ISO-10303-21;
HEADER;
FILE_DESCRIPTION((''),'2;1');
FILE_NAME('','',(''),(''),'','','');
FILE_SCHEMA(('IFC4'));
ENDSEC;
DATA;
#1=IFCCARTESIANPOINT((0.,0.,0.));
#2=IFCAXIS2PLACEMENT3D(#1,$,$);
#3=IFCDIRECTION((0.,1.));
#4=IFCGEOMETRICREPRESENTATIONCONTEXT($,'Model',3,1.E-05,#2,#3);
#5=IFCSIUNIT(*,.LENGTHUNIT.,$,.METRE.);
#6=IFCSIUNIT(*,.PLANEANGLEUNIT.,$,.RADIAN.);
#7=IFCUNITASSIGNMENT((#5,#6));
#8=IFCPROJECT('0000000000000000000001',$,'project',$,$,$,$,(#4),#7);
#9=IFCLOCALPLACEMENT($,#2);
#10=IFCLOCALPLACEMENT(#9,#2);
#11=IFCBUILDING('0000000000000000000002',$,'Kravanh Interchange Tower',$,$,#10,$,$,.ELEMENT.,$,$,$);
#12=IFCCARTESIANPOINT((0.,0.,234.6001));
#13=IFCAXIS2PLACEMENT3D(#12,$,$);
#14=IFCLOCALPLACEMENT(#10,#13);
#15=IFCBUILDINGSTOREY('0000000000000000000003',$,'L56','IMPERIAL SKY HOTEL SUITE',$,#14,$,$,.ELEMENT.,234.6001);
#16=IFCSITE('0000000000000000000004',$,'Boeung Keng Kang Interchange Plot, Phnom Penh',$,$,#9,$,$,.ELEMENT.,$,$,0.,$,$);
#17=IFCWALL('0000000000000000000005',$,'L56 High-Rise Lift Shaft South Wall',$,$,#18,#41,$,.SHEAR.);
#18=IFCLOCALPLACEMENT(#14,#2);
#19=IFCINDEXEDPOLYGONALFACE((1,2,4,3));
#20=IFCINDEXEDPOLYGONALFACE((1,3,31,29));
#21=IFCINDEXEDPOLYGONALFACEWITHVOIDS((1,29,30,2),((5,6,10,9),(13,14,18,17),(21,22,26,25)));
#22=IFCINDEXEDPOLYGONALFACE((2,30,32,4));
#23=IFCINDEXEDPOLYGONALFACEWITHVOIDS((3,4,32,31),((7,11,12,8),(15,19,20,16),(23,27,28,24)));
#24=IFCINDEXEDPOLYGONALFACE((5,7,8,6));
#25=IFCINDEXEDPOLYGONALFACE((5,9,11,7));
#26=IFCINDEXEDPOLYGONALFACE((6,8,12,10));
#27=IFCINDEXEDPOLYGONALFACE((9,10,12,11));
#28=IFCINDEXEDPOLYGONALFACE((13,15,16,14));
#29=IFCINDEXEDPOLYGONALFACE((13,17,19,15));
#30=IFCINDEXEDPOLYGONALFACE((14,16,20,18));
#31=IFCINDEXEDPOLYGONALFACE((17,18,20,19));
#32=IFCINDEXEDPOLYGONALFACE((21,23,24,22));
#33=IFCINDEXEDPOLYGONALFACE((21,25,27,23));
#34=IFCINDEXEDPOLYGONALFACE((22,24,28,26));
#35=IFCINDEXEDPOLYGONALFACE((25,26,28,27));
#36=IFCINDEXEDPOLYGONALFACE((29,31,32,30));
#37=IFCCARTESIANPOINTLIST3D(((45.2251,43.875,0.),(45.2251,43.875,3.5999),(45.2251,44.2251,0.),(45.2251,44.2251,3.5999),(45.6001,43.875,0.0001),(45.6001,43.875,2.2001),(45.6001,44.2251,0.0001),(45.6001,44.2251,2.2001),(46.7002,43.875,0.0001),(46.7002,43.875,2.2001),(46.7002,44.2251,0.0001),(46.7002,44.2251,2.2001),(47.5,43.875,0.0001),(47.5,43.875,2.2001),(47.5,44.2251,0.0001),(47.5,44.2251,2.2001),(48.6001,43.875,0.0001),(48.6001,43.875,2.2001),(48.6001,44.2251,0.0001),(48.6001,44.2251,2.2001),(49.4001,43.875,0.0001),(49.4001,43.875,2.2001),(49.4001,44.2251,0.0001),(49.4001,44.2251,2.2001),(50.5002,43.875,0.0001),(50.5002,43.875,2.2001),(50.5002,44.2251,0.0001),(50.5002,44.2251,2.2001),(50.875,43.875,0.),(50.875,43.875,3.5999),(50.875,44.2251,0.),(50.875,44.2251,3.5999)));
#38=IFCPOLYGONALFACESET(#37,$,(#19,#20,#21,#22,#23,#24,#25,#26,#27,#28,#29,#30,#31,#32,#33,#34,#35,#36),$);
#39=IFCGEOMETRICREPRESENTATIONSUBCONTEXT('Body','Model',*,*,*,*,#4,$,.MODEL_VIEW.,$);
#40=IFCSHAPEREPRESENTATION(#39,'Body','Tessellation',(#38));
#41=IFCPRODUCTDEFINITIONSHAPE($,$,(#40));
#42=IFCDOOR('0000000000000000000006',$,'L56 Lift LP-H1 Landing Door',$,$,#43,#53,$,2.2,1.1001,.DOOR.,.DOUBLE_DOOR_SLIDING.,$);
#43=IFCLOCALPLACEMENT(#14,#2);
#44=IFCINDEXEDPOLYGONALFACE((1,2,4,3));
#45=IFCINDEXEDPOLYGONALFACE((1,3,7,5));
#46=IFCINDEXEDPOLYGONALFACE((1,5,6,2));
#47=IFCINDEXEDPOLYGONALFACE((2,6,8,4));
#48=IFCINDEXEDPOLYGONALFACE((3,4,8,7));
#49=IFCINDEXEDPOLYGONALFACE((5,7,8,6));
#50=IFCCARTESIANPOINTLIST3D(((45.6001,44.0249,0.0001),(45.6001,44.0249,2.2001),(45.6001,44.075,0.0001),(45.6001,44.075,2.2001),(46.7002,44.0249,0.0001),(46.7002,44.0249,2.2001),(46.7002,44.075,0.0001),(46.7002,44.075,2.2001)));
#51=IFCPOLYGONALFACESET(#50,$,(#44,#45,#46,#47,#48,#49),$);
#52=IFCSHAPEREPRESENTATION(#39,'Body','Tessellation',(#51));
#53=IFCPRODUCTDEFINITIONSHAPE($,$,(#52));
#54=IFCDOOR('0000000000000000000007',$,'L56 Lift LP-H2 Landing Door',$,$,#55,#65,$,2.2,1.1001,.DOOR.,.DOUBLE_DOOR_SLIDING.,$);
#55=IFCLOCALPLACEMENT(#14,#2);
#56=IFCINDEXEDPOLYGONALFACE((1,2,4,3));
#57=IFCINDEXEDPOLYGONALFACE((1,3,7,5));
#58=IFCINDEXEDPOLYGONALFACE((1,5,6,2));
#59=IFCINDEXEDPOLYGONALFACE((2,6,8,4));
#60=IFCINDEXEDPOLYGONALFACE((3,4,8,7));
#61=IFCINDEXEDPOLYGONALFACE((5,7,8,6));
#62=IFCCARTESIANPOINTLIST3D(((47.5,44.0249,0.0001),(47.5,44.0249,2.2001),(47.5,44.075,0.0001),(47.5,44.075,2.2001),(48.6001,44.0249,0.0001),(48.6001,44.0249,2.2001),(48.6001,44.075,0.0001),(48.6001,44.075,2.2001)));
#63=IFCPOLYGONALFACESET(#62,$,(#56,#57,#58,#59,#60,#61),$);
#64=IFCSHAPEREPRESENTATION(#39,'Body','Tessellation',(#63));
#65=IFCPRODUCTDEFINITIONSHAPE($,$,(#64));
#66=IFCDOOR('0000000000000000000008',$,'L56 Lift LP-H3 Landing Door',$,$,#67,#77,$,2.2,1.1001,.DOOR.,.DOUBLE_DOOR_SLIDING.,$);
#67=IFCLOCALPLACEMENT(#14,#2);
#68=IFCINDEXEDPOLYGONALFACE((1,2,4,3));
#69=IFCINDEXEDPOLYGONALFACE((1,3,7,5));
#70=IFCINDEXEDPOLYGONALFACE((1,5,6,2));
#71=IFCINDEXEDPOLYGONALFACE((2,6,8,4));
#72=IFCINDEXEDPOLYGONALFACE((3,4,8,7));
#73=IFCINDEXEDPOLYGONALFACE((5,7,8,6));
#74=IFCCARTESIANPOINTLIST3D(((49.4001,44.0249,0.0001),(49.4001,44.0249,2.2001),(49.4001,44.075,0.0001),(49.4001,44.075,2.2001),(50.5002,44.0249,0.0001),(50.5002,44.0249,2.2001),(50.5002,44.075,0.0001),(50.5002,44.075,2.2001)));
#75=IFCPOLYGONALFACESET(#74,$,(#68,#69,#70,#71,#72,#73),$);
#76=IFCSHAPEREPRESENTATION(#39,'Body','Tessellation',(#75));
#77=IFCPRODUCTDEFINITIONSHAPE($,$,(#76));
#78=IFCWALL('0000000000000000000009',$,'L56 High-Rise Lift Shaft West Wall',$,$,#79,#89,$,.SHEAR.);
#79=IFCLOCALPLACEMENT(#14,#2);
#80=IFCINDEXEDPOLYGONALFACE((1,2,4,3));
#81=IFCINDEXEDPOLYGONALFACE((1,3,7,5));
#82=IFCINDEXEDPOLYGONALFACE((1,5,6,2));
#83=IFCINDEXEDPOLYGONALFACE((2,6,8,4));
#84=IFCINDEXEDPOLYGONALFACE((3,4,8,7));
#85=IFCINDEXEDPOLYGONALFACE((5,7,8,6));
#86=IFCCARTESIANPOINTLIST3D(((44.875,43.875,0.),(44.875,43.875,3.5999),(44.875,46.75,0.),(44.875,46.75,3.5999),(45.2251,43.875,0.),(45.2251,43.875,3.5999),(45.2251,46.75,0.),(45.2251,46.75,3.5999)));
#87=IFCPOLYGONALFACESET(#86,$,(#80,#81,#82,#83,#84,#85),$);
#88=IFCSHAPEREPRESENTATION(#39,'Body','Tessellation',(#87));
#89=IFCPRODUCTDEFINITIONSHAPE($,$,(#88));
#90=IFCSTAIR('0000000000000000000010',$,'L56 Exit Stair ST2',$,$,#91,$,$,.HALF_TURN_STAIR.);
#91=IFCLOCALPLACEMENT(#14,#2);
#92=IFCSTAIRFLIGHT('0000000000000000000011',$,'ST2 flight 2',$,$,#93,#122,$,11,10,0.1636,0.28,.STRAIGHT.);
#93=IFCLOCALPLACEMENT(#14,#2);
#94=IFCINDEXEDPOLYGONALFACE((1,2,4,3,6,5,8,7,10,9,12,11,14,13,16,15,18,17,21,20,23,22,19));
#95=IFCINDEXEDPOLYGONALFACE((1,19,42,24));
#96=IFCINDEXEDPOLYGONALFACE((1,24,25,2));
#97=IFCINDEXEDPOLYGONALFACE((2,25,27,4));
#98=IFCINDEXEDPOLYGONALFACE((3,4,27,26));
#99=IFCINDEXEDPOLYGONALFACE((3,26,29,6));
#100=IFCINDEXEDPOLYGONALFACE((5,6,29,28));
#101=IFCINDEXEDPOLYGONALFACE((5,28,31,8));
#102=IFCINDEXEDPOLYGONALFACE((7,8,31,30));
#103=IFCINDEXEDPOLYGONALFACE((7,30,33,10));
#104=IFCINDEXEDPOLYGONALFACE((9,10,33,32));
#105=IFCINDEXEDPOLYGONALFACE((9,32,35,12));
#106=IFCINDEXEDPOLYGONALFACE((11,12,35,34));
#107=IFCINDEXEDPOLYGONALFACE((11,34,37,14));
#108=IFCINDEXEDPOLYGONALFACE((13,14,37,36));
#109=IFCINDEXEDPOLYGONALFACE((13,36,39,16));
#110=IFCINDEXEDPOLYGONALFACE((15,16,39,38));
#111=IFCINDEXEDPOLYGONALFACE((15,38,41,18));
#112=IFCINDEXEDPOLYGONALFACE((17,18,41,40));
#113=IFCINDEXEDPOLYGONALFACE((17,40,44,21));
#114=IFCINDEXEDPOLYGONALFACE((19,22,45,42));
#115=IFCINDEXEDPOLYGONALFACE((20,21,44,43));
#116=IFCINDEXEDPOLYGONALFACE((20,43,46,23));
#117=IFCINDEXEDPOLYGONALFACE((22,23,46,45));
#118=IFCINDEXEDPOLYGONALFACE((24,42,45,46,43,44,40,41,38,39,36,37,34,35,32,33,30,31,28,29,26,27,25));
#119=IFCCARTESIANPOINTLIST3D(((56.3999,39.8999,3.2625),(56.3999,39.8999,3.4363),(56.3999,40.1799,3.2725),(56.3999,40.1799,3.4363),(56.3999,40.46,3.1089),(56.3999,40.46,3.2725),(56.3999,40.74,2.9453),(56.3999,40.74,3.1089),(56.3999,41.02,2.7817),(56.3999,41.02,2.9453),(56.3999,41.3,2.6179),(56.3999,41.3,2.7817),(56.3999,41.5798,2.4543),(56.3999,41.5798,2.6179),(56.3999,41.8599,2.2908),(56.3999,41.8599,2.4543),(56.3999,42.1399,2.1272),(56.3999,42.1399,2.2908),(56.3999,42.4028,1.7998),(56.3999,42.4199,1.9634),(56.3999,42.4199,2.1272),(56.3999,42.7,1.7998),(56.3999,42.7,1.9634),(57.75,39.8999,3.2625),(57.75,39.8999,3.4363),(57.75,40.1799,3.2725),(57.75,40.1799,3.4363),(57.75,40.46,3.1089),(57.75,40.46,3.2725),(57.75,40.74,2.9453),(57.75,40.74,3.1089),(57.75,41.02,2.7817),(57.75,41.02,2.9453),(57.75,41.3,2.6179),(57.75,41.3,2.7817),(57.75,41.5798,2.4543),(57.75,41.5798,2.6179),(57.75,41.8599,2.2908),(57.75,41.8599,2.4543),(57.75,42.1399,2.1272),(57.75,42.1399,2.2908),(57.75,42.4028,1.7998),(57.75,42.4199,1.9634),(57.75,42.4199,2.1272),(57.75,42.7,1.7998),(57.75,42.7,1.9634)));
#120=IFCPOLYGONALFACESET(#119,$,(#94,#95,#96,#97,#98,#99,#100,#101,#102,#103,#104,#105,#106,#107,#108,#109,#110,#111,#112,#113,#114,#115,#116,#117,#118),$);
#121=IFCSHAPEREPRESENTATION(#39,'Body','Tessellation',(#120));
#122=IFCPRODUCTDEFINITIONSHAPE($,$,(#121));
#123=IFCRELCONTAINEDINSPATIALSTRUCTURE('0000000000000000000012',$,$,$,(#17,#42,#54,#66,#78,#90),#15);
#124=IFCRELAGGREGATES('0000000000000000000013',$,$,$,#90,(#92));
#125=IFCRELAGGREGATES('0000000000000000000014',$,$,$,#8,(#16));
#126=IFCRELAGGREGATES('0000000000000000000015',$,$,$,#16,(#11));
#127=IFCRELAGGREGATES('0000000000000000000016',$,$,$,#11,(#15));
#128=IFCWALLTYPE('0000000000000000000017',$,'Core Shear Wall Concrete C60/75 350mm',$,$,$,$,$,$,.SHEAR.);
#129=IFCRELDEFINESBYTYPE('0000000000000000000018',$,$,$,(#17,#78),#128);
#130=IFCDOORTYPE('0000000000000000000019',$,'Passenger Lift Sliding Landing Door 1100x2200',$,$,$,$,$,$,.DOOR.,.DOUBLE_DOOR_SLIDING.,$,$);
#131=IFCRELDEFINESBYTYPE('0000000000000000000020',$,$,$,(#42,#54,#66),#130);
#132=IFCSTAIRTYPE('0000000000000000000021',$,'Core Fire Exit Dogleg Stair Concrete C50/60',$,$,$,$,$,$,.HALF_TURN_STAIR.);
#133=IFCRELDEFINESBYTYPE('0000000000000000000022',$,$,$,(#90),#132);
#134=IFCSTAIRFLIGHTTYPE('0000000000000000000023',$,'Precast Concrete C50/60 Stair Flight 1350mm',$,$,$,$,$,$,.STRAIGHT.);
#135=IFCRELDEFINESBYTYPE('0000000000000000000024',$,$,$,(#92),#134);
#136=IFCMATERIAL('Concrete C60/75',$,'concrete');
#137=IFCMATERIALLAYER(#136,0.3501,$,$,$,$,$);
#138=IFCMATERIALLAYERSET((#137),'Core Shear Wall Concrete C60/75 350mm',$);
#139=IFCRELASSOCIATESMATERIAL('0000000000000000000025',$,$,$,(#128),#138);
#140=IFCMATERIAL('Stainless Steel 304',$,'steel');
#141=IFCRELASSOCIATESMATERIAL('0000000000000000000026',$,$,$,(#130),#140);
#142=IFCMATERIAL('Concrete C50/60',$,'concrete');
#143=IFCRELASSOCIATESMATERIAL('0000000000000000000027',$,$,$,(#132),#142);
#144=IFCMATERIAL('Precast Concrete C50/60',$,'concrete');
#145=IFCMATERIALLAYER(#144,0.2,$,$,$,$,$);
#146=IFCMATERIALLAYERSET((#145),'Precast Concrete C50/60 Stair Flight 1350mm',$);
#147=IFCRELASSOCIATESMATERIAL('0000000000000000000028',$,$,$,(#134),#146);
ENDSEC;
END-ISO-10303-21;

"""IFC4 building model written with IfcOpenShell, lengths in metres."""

from ifc_helpers import new_model, si_unit, direction, frame, frame_2d, origin, place, context, subcontext, project, spatial, polyline, rectangle, outline, extrude, material, layer, layer_set, type_object, element, fill, aggregate, save


model = new_model("IFC4")

# Units and contexts
model_context = context("Model", 3, precision=1e-05, world=origin(), true_north=direction((0.0, 1.0)))
body_context = subcontext(model_context, "Body", "Model", "MODEL_VIEW")
ifc_project = project(units=[si_unit("LENGTHUNIT", "METRE"), si_unit("PLANEANGLEUNIT", "RADIAN")], contexts=[model_context])

# Site, building, storey
site_placement = place(None, origin())
site = spatial("IfcSite", under=ifc_project, at=site_placement, Name="Boeung Keng Kang Interchange Plot, Phnom Penh", CompositionType="ELEMENT", RefElevation=0.0)
building_placement = place(site_placement, origin())
building = spatial("IfcBuilding", under=site, at=building_placement, Name="Kravanh Interchange Tower", CompositionType="ELEMENT")
storey_placement = place(building_placement, frame((0.0, 0.0, 234.6001)))
storey = spatial("IfcBuildingStorey", under=building, at=storey_placement, Name="L56", Description="IMPERIAL SKY HOTEL SUITE", CompositionType="ELEMENT", Elevation=234.6001)

# Shared definitions
ifc_material_1 = material(Name="Concrete C60/75", Category="concrete")
ifc_layer_1 = layer(ifc_material_1, 0.3501)
ifc_layer_set_1 = layer_set([ifc_layer_1], Name="Core Shear Wall Concrete C60/75 350mm")
wall_type_1 = type_object("IfcWallType", Name="Core Shear Wall Concrete C60/75 350mm", PredefinedType="SHEAR", material=ifc_layer_set_1)

# Wall, openings, doors
wall_1_placement = place(storey_placement, frame((45.2251, 44.05, 0.0), z_axis=(0.0, 0.0, 1.0), x_axis=(1.0, 0.0, 0.0)))
wall_1 = element("IfcWall", 1, at=wall_1_placement, inside=storey, type_object=wall_type_1, Name="L56 High-Rise Lift Shaft South Wall", PredefinedType="SHEAR", context=body_context, shape_type="SweptSolid", body=[
    extrude(rectangle(XDim=5.6499, YDim=0.3501, at=frame_2d((2.825, 0.0))), origin(), (0.0, 0.0, 1.0), 3.5999),
])
opening_1_placement = place(wall_1_placement, frame((0.375, 0.0, 0.0)))
opening_1 = element("IfcOpeningElement", 2, at=opening_1_placement, cuts=wall_1, PredefinedType="OPENING", context=body_context, shape_type="SweptSolid", body=[
    extrude(rectangle(XDim=1.1001, YDim=2.2, at=frame_2d((0.55, 1.1001))), frame((0.0, 0.1851, 0.0), z_axis=(0.0, -1.0, 0.0), x_axis=(1.0, 0.0, 0.0)), (0.0, 0.0, 1.0), 0.3701),
])
opening_2_placement = place(wall_1_placement, frame((2.2749, 0.0, 0.0)))
opening_2 = element("IfcOpeningElement", 3, at=opening_2_placement, cuts=wall_1, PredefinedType="OPENING", context=body_context, shape_type="SweptSolid", body=[
    extrude(rectangle(XDim=1.1001, YDim=2.2, at=frame_2d((0.55, 1.1001))), frame((0.0, 0.1851, 0.0), z_axis=(0.0, -1.0, 0.0), x_axis=(1.0, 0.0, 0.0)), (0.0, 0.0, 1.0), 0.3701),
])
opening_3_placement = place(wall_1_placement, frame((4.175, 0.0, 0.0)))
opening_3 = element("IfcOpeningElement", 4, at=opening_3_placement, cuts=wall_1, PredefinedType="OPENING", context=body_context, shape_type="SweptSolid", body=[
    extrude(rectangle(XDim=1.1001, YDim=2.2, at=frame_2d((0.55, 1.1001))), frame((0.0, 0.1851, 0.0), z_axis=(0.0, -1.0, 0.0), x_axis=(1.0, 0.0, 0.0)), (0.0, 0.0, 1.0), 0.3701),
])
ifc_material_2 = material(Name="Stainless Steel 304", Category="steel")
door_type_1 = type_object("IfcDoorType", Name="Passenger Lift Sliding Landing Door 1100x2200", OperationType="DOUBLE_DOOR_SLIDING", PredefinedType="DOOR", material=ifc_material_2)
door_1_placement = place(opening_1_placement, origin())
door_1 = element("IfcDoor", 5, at=door_1_placement, inside=storey, type_object=door_type_1, Name="L56 Lift LP-H1 Landing Door", OperationType="DOUBLE_DOOR_SLIDING", OverallHeight=2.2, OverallWidth=1.1001, PredefinedType="DOOR", context=body_context, shape_type="SweptSolid", body=[
    extrude(rectangle(XDim=1.1001, YDim=2.2, at=frame_2d((0.55, 1.1001))), frame((0.0, 0.0249, 0.0), z_axis=(0.0, -1.0, 0.0), x_axis=(1.0, 0.0, 0.0)), (0.0, 0.0, 1.0), 0.05),
])
fill(opening_1, door_1)
door_2_placement = place(opening_2_placement, origin())
door_2 = element("IfcDoor", 6, at=door_2_placement, inside=storey, type_object=door_type_1, Name="L56 Lift LP-H2 Landing Door", OperationType="DOUBLE_DOOR_SLIDING", OverallHeight=2.2, OverallWidth=1.1001, PredefinedType="DOOR", context=body_context, shape_type="SweptSolid", body=[
    extrude(rectangle(XDim=1.1001, YDim=2.2, at=frame_2d((0.55, 1.1001))), frame((0.0, 0.0249, 0.0), z_axis=(0.0, -1.0, 0.0), x_axis=(1.0, 0.0, 0.0)), (0.0, 0.0, 1.0), 0.05),
])
fill(opening_2, door_2)
door_3_placement = place(opening_3_placement, origin())
door_3 = element("IfcDoor", 7, at=door_3_placement, inside=storey, type_object=door_type_1, Name="L56 Lift LP-H3 Landing Door", OperationType="DOUBLE_DOOR_SLIDING", OverallHeight=2.2, OverallWidth=1.1001, PredefinedType="DOOR", context=body_context, shape_type="SweptSolid", body=[
    extrude(rectangle(XDim=1.1001, YDim=2.2, at=frame_2d((0.55, 1.1001))), frame((0.0, 0.0249, 0.0), z_axis=(0.0, -1.0, 0.0), x_axis=(1.0, 0.0, 0.0)), (0.0, 0.0, 1.0), 0.05),
])
fill(opening_3, door_3)

# Wall
wall_2_placement = place(storey_placement, frame((45.05, 43.875, 0.0), z_axis=(0.0, 0.0, 1.0), x_axis=(0.0, 1.0, 0.0)))
element("IfcWall", 8, at=wall_2_placement, inside=storey, type_object=wall_type_1, Name="L56 High-Rise Lift Shaft West Wall", PredefinedType="SHEAR", context=body_context, shape_type="SweptSolid", body=[
    extrude(rectangle(XDim=2.875, YDim=0.3501, at=frame_2d((1.4375, 0.0))), origin(), (0.0, 0.0, 1.0), 3.5999),
])

# Stair, stair flight
ifc_material_3 = material(Name="Concrete C50/60", Category="concrete")
stair_type = type_object("IfcStairType", Name="Core Fire Exit Dogleg Stair Concrete C50/60", PredefinedType="HALF_TURN_STAIR", material=ifc_material_3)
stair_placement = place(storey_placement, origin())
stair = element("IfcStair", 9, at=stair_placement, inside=storey, type_object=stair_type, Name="L56 Exit Stair ST2", PredefinedType="HALF_TURN_STAIR")
ifc_material_4 = material(Name="Precast Concrete C50/60", Category="concrete")
ifc_layer_2 = layer(ifc_material_4, 0.2)
ifc_layer_set_2 = layer_set([ifc_layer_2], Name="Precast Concrete C50/60 Stair Flight 1350mm")
stair_flight_type = type_object("IfcStairFlightType", Name="Precast Concrete C50/60 Stair Flight 1350mm", PredefinedType="STRAIGHT", material=ifc_layer_set_2)
stair_flight_placement = place(storey_placement, frame((57.075, 42.7, 1.7998), z_axis=(0.0, 0.0, 1.0), x_axis=(0.0, -1.0, 0.0)))
stair_flight = element("IfcStairFlight", 10, at=stair_flight_placement, type_object=stair_flight_type, Name="ST2 flight 2", NumberOfRisers=11, NumberOfTreads=10, PredefinedType="STRAIGHT", RiserHeight=0.1636, TreadLength=0.28, context=body_context, shape_type="SweptSolid", body=[
    extrude(outline(polyline([(0.0, 0.0), (0.0, 0.1636), (0.28, 0.1636), (0.28, 0.3274), (0.5601, 0.3274), (0.5601, 0.491), (0.8401, 0.491), (0.8401, 0.6545), (1.1201, 0.6545), (1.1201, 0.8181), (1.3999, 0.8181), (1.3999, 0.9819), (1.6799, 0.9819), (1.6799, 1.1455), (1.96, 1.1455), (1.96, 1.3091), (2.24, 1.3091), (2.24, 1.4727), (2.52, 1.4727), (2.52, 1.6365), (2.8, 1.6365), (2.8, 1.8), (2.8, 1.4626), (0.2971, 0.0), (0.0, 0.0)])), frame((0.0, 0.675, 0.0), z_axis=(0.0, -1.0, 0.0), x_axis=(1.0, 0.0, 0.0)), (0.0, 0.0, 1.0), 1.3501),
])
aggregate(stair, [stair_flight])

save(model, "model.ifc")
